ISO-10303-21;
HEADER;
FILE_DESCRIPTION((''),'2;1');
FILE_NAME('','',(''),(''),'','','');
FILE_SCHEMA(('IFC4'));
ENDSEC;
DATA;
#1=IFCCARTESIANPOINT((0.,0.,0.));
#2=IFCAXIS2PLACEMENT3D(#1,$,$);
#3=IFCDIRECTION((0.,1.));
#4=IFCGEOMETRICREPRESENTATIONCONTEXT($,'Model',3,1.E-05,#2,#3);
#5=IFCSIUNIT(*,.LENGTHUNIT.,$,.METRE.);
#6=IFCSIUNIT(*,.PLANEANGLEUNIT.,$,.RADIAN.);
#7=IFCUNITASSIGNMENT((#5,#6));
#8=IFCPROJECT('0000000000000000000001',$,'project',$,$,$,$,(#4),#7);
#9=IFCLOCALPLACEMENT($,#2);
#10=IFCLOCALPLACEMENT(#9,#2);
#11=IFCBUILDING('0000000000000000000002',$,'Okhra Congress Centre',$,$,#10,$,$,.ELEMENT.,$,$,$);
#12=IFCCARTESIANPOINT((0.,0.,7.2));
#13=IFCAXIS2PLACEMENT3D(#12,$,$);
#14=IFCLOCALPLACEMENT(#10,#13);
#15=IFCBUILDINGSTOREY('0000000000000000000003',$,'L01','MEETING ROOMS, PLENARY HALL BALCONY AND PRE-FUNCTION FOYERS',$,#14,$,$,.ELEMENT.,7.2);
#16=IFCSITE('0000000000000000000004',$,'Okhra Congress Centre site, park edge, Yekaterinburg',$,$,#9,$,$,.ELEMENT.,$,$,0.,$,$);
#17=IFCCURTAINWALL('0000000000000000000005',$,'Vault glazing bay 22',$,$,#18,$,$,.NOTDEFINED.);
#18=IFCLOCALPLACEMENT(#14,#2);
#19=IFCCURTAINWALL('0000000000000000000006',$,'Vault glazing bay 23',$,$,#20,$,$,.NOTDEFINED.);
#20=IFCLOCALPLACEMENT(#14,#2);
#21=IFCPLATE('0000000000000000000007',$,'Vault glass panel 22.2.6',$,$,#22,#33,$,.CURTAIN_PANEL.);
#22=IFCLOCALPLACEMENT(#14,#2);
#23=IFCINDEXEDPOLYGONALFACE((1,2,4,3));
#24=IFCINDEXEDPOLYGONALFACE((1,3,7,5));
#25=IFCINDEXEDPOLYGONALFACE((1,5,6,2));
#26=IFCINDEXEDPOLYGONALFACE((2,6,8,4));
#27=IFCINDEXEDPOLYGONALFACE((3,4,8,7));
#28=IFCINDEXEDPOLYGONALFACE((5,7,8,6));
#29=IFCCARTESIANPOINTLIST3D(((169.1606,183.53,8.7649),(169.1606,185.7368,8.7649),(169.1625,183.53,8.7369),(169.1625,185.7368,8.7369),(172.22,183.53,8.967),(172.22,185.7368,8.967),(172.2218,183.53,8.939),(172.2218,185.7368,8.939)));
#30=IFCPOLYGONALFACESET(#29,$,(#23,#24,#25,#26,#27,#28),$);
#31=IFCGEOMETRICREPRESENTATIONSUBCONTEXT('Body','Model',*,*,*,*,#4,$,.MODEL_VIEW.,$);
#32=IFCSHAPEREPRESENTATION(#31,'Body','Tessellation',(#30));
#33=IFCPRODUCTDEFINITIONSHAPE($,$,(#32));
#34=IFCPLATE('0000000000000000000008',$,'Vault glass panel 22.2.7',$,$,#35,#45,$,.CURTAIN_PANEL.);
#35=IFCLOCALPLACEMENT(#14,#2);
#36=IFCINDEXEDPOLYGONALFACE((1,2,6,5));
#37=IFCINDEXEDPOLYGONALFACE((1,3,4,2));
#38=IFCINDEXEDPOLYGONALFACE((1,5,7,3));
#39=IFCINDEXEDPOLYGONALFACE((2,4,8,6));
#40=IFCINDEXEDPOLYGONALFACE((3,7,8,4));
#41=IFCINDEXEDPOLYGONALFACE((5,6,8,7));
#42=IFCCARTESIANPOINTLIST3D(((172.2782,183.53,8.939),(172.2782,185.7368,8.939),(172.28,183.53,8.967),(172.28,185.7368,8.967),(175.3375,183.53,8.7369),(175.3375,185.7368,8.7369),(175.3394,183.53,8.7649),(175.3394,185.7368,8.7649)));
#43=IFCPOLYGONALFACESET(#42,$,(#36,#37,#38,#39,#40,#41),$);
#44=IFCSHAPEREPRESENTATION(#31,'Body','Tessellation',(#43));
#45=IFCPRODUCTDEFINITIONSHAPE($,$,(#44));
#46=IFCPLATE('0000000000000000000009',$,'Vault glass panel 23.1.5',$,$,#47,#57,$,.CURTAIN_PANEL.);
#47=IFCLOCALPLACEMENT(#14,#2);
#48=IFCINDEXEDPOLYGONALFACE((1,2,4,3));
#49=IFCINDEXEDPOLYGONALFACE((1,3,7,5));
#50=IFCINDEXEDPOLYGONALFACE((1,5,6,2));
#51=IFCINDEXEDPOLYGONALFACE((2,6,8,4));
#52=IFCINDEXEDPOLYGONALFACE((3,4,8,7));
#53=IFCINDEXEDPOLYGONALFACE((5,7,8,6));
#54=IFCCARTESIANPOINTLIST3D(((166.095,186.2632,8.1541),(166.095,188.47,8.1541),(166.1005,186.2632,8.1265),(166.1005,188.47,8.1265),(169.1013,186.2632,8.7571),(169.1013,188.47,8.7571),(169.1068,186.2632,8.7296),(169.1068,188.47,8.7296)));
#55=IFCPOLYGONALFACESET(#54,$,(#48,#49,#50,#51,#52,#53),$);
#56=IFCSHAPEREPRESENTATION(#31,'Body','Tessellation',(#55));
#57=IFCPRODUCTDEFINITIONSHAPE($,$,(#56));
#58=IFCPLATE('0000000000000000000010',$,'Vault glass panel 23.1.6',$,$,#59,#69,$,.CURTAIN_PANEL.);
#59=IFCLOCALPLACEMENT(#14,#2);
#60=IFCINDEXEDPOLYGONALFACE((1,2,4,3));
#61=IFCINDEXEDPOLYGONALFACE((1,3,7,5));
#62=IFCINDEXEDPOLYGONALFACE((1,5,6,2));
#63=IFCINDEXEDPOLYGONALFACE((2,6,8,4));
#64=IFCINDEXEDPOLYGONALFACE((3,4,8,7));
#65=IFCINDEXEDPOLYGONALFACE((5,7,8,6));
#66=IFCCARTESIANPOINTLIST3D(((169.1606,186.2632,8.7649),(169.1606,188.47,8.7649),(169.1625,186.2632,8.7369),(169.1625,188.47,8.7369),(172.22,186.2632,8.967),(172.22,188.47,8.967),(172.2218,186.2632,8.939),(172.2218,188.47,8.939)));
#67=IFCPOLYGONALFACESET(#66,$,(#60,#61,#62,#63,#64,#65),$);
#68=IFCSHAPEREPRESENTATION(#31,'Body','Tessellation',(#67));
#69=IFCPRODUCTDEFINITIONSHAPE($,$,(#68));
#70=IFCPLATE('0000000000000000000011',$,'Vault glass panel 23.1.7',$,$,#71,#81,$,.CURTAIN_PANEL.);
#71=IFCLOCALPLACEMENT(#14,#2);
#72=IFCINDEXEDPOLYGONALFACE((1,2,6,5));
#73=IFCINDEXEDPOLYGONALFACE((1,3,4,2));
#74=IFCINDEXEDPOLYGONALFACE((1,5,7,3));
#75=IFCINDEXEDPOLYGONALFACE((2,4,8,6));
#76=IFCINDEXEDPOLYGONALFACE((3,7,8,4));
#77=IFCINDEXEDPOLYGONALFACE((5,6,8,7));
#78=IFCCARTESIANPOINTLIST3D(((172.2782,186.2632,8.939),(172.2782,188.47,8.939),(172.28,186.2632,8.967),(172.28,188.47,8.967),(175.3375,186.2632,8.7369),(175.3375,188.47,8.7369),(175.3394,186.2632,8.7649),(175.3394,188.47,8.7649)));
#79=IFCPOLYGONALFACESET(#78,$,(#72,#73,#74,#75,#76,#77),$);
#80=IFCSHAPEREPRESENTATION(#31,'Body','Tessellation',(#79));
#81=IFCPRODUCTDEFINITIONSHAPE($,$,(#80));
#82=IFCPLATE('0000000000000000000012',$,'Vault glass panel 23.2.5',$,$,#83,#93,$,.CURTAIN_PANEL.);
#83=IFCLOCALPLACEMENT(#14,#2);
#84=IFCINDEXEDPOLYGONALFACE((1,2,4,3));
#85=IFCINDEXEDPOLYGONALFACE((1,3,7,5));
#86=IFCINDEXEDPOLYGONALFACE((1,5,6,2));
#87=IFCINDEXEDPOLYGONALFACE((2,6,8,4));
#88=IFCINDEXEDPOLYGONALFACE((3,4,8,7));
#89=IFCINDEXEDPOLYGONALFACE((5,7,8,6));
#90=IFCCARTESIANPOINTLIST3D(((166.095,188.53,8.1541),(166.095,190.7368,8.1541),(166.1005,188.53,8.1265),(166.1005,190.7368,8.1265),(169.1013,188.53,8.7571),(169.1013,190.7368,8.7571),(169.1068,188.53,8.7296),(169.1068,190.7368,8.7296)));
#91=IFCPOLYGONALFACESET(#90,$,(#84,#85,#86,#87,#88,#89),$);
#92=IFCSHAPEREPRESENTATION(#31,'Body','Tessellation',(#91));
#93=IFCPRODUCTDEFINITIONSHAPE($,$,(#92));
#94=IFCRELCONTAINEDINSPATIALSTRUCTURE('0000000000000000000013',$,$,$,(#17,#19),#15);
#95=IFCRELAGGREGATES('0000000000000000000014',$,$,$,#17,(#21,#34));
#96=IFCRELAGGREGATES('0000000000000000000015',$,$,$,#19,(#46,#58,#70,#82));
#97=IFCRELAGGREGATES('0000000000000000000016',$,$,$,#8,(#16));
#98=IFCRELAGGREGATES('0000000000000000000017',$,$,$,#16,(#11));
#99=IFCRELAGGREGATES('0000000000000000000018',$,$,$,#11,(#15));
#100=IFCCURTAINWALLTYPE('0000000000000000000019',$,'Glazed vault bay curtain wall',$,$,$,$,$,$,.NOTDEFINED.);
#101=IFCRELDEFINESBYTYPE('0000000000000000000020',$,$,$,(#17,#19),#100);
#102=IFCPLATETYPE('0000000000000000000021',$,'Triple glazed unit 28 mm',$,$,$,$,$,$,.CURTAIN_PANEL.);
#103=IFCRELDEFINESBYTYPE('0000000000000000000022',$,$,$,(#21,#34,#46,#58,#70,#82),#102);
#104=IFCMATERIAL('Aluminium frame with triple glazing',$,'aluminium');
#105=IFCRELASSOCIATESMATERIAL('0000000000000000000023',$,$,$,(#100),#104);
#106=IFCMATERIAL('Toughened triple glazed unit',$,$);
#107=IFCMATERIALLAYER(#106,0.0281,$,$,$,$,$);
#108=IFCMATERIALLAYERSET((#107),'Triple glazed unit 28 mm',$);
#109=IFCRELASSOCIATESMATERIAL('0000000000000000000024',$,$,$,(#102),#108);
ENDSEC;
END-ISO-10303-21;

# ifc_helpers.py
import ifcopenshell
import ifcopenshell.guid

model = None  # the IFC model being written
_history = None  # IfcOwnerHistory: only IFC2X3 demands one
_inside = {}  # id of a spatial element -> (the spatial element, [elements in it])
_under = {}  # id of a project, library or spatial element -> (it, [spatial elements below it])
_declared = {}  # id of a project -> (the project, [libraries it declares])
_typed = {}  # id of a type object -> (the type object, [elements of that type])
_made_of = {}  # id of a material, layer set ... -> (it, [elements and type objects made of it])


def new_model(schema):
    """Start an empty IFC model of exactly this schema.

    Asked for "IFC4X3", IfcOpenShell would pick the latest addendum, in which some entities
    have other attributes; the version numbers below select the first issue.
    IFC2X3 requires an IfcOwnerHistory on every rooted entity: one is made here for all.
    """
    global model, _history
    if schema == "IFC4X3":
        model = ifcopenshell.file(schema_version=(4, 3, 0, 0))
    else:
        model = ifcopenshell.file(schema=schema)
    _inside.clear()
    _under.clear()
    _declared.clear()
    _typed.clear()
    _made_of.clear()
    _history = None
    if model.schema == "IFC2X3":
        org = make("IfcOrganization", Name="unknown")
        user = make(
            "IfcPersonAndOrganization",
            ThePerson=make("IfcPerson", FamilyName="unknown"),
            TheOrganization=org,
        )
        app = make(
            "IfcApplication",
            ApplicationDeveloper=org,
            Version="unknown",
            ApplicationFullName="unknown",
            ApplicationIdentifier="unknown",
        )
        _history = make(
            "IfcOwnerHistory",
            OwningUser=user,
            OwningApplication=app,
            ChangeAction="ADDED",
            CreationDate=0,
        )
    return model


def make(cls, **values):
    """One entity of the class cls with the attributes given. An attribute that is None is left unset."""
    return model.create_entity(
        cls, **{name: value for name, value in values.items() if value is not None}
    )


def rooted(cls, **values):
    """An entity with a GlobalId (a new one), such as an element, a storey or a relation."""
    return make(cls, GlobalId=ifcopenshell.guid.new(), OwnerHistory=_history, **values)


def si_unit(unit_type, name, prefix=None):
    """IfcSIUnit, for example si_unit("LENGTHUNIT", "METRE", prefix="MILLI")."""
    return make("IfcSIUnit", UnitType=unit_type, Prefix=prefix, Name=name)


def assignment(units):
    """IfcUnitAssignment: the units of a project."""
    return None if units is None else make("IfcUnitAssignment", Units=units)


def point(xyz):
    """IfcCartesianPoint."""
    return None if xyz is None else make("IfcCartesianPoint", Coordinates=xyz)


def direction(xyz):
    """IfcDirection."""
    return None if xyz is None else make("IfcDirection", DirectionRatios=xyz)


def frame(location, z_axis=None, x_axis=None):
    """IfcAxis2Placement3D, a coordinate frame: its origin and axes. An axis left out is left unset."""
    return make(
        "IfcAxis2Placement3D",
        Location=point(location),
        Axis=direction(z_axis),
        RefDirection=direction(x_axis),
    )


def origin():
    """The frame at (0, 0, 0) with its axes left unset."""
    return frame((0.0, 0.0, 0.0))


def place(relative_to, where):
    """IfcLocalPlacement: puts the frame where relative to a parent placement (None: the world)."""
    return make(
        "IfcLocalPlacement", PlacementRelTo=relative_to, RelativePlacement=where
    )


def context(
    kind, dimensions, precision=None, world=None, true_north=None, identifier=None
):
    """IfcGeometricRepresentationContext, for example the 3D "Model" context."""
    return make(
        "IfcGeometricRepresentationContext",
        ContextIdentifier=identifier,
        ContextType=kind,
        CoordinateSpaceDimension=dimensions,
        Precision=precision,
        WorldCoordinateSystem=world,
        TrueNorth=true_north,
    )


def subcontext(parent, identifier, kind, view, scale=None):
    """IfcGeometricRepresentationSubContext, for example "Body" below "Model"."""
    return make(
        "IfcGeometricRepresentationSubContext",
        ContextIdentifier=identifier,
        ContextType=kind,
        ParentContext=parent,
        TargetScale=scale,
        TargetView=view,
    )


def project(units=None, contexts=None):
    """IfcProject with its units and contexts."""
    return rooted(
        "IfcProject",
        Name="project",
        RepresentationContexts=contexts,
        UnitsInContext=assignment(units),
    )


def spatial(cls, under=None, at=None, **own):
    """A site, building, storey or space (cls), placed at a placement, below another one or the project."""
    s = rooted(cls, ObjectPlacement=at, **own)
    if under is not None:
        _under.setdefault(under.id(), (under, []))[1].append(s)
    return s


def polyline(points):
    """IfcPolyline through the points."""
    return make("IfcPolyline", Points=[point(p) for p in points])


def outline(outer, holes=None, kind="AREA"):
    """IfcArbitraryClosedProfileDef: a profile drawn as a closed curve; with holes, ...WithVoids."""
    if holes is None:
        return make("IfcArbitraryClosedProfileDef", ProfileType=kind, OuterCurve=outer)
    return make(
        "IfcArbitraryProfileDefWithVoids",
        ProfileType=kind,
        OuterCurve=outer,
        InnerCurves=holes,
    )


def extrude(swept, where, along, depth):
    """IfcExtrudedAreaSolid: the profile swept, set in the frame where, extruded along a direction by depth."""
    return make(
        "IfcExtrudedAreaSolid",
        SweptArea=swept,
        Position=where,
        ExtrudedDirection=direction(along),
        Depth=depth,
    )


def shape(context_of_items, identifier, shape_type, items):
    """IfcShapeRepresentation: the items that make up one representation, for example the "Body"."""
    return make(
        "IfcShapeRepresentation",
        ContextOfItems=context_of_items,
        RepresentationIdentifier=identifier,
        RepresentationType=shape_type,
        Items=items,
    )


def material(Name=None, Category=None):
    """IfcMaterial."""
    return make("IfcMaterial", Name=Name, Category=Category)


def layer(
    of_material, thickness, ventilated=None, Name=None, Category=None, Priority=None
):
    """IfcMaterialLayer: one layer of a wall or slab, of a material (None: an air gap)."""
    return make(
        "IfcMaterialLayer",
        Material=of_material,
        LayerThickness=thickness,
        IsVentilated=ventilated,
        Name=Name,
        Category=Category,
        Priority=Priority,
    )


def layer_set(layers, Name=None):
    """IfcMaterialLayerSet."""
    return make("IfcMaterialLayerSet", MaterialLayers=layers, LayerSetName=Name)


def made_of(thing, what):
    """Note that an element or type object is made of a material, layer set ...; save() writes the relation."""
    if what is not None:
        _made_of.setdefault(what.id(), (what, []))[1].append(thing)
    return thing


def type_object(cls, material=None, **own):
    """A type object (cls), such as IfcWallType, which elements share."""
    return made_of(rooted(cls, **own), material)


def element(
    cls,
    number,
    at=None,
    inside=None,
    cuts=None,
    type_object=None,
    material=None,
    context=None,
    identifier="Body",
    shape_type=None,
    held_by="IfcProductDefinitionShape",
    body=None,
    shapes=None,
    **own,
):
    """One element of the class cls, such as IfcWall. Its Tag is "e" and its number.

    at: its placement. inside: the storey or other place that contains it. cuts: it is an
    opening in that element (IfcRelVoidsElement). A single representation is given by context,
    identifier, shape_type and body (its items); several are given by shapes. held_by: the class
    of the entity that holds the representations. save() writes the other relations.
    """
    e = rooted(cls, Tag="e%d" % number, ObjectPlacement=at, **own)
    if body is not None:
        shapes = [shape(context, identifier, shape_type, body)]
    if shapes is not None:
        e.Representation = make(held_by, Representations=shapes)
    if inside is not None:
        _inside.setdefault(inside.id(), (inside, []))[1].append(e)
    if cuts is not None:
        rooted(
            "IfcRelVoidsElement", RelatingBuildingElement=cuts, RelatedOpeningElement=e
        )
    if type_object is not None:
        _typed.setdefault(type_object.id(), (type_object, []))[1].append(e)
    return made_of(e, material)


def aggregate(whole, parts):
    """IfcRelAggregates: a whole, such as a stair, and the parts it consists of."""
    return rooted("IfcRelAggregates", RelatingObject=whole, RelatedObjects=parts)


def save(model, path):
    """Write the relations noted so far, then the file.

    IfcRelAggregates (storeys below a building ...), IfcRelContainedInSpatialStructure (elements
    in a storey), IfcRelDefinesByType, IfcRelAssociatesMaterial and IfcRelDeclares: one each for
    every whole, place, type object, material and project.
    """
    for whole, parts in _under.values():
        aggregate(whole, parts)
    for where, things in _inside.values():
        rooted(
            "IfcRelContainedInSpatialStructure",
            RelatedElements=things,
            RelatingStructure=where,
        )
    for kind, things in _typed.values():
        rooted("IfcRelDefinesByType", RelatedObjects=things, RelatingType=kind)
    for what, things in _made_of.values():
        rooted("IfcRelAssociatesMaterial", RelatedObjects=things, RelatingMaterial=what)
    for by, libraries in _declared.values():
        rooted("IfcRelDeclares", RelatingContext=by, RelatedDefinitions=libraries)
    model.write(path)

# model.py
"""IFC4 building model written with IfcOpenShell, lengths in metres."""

from ifc_helpers import new_model, si_unit, direction, frame, origin, place, context, subcontext, project, spatial, polyline, outline, extrude, material, layer, layer_set, type_object, element, aggregate, save


model = new_model("IFC4")

# Units and contexts
model_context = context("Model", 3, precision=1e-05, world=origin(), true_north=direction((0.0, 1.0)))
body_context = subcontext(model_context, "Body", "Model", "MODEL_VIEW")
ifc_project = project(units=[si_unit("LENGTHUNIT", "METRE"), si_unit("PLANEANGLEUNIT", "RADIAN")], contexts=[model_context])

# Site, building, storey
site_placement = place(None, origin())
site = spatial("IfcSite", under=ifc_project, at=site_placement, Name="Okhra Congress Centre site, park edge, Yekaterinburg", CompositionType="ELEMENT", RefElevation=0.0)
building_placement = place(site_placement, origin())
building = spatial("IfcBuilding", under=site, at=building_placement, Name="Okhra Congress Centre", CompositionType="ELEMENT")
storey_placement = place(building_placement, frame((0.0, 0.0, 7.2)))
storey = spatial("IfcBuildingStorey", under=building, at=storey_placement, Name="L01", Description="MEETING ROOMS, PLENARY HALL BALCONY AND PRE-FUNCTION FOYERS", CompositionType="ELEMENT", Elevation=7.2)

# Curtain walls
ifc_material_1 = material(Name="Aluminium frame with triple glazing", Category="aluminium")
curtain_wall_type = type_object("IfcCurtainWallType", Name="Glazed vault bay curtain wall", PredefinedType="NOTDEFINED", material=ifc_material_1)
curtain_wall_1_placement = place(storey_placement, origin())
curtain_wall_1 = element("IfcCurtainWall", 1, at=curtain_wall_1_placement, inside=storey, type_object=curtain_wall_type, Name="Vault glazing bay 22", PredefinedType="NOTDEFINED")
curtain_wall_2_placement = place(storey_placement, origin())
curtain_wall_2 = element("IfcCurtainWall", 2, at=curtain_wall_2_placement, inside=storey, type_object=curtain_wall_type, Name="Vault glazing bay 23", PredefinedType="NOTDEFINED")

# Plates
ifc_material_2 = material(Name="Toughened triple glazed unit")
ifc_layer = layer(ifc_material_2, 0.0281)
ifc_layer_set = layer_set([ifc_layer], Name="Triple glazed unit 28 mm")
plate_type = type_object("IfcPlateType", Name="Triple glazed unit 28 mm", PredefinedType="CURTAIN_PANEL", material=ifc_layer_set)
plate_1_placement = place(storey_placement, frame((169.1606, 183.53, 8.7649), z_axis=(-0.065932, 0.0, 0.997824), x_axis=(0.997824, 0.0, 0.065932)))
plate_1 = element("IfcPlate", 3, at=plate_1_placement, type_object=plate_type, Name="Vault glass panel 22.2.6", PredefinedType="CURTAIN_PANEL", context=body_context, shape_type="SweptSolid", body=[
    extrude(outline(polyline([(0.0, 0.0), (3.066, 0.0), (3.066, 2.2068), (0.0, 2.2068), (0.0, 0.0)])), origin(), (0.0, 0.0, -1.0), 0.0281),
])
plate_2_placement = place(storey_placement, frame((172.28, 183.53, 8.967), z_axis=(0.065932, 0.0, 0.997824), x_axis=(0.997824, 0.0, -0.065932)))
plate_2 = element("IfcPlate", 4, at=plate_2_placement, type_object=plate_type, Name="Vault glass panel 22.2.7", PredefinedType="CURTAIN_PANEL", context=body_context, shape_type="SweptSolid", body=[
    extrude(outline(polyline([(0.0, 0.0), (3.066, 0.0), (3.066, 2.2068), (0.0, 2.2068), (0.0, 0.0)])), origin(), (0.0, 0.0, -1.0), 0.0281),
])
aggregate(curtain_wall_1, [plate_1, plate_2])
plate_3_placement = place(storey_placement, frame((166.095, 186.2632, 8.1541), z_axis=(-0.196667, 0.0, 0.98047), x_axis=(0.98047, 0.0, 0.196667)))
plate_3 = element("IfcPlate", 5, at=plate_3_placement, type_object=plate_type, Name="Vault glass panel 23.1.5", PredefinedType="CURTAIN_PANEL", context=body_context, shape_type="SweptSolid", body=[
    extrude(outline(polyline([(0.0, 0.0), (3.0662, 0.0), (3.0662, 2.2068), (0.0, 2.2068), (0.0, 0.0)])), origin(), (0.0, 0.0, -1.0), 0.0281),
])
plate_4_placement = place(storey_placement, frame((169.1606, 186.2632, 8.7649), z_axis=(-0.065932, 0.0, 0.997824), x_axis=(0.997824, 0.0, 0.065932)))
plate_4 = element("IfcPlate", 6, at=plate_4_placement, type_object=plate_type, Name="Vault glass panel 23.1.6", PredefinedType="CURTAIN_PANEL", context=body_context, shape_type="SweptSolid", body=[
    extrude(outline(polyline([(0.0, 0.0), (3.066, 0.0), (3.066, 2.2068), (0.0, 2.2068), (0.0, 0.0)])), origin(), (0.0, 0.0, -1.0), 0.0281),
])
plate_5_placement = place(storey_placement, frame((172.28, 186.2632, 8.967), z_axis=(0.065932, 0.0, 0.997824), x_axis=(0.997824, 0.0, -0.065932)))
plate_5 = element("IfcPlate", 7, at=plate_5_placement, type_object=plate_type, Name="Vault glass panel 23.1.7", PredefinedType="CURTAIN_PANEL", context=body_context, shape_type="SweptSolid", body=[
    extrude(outline(polyline([(0.0, 0.0), (3.066, 0.0), (3.066, 2.2068), (0.0, 2.2068), (0.0, 0.0)])), origin(), (0.0, 0.0, -1.0), 0.0281),
])
plate_6_placement = place(storey_placement, frame((166.095, 188.53, 8.1541), z_axis=(-0.196667, 0.0, 0.98047), x_axis=(0.98047, 0.0, 0.196667)))
plate_6 = element("IfcPlate", 8, at=plate_6_placement, type_object=plate_type, Name="Vault glass panel 23.2.5", PredefinedType="CURTAIN_PANEL", context=body_context, shape_type="SweptSolid", body=[
    extrude(outline(polyline([(0.0, 0.0), (3.0662, 0.0), (3.0662, 2.2068), (0.0, 2.2068), (0.0, 0.0)])), origin(), (0.0, 0.0, -1.0), 0.0281),
])
aggregate(curtain_wall_2, [plate_3, plate_4, plate_5, plate_6])

save(model, "model.ifc")
